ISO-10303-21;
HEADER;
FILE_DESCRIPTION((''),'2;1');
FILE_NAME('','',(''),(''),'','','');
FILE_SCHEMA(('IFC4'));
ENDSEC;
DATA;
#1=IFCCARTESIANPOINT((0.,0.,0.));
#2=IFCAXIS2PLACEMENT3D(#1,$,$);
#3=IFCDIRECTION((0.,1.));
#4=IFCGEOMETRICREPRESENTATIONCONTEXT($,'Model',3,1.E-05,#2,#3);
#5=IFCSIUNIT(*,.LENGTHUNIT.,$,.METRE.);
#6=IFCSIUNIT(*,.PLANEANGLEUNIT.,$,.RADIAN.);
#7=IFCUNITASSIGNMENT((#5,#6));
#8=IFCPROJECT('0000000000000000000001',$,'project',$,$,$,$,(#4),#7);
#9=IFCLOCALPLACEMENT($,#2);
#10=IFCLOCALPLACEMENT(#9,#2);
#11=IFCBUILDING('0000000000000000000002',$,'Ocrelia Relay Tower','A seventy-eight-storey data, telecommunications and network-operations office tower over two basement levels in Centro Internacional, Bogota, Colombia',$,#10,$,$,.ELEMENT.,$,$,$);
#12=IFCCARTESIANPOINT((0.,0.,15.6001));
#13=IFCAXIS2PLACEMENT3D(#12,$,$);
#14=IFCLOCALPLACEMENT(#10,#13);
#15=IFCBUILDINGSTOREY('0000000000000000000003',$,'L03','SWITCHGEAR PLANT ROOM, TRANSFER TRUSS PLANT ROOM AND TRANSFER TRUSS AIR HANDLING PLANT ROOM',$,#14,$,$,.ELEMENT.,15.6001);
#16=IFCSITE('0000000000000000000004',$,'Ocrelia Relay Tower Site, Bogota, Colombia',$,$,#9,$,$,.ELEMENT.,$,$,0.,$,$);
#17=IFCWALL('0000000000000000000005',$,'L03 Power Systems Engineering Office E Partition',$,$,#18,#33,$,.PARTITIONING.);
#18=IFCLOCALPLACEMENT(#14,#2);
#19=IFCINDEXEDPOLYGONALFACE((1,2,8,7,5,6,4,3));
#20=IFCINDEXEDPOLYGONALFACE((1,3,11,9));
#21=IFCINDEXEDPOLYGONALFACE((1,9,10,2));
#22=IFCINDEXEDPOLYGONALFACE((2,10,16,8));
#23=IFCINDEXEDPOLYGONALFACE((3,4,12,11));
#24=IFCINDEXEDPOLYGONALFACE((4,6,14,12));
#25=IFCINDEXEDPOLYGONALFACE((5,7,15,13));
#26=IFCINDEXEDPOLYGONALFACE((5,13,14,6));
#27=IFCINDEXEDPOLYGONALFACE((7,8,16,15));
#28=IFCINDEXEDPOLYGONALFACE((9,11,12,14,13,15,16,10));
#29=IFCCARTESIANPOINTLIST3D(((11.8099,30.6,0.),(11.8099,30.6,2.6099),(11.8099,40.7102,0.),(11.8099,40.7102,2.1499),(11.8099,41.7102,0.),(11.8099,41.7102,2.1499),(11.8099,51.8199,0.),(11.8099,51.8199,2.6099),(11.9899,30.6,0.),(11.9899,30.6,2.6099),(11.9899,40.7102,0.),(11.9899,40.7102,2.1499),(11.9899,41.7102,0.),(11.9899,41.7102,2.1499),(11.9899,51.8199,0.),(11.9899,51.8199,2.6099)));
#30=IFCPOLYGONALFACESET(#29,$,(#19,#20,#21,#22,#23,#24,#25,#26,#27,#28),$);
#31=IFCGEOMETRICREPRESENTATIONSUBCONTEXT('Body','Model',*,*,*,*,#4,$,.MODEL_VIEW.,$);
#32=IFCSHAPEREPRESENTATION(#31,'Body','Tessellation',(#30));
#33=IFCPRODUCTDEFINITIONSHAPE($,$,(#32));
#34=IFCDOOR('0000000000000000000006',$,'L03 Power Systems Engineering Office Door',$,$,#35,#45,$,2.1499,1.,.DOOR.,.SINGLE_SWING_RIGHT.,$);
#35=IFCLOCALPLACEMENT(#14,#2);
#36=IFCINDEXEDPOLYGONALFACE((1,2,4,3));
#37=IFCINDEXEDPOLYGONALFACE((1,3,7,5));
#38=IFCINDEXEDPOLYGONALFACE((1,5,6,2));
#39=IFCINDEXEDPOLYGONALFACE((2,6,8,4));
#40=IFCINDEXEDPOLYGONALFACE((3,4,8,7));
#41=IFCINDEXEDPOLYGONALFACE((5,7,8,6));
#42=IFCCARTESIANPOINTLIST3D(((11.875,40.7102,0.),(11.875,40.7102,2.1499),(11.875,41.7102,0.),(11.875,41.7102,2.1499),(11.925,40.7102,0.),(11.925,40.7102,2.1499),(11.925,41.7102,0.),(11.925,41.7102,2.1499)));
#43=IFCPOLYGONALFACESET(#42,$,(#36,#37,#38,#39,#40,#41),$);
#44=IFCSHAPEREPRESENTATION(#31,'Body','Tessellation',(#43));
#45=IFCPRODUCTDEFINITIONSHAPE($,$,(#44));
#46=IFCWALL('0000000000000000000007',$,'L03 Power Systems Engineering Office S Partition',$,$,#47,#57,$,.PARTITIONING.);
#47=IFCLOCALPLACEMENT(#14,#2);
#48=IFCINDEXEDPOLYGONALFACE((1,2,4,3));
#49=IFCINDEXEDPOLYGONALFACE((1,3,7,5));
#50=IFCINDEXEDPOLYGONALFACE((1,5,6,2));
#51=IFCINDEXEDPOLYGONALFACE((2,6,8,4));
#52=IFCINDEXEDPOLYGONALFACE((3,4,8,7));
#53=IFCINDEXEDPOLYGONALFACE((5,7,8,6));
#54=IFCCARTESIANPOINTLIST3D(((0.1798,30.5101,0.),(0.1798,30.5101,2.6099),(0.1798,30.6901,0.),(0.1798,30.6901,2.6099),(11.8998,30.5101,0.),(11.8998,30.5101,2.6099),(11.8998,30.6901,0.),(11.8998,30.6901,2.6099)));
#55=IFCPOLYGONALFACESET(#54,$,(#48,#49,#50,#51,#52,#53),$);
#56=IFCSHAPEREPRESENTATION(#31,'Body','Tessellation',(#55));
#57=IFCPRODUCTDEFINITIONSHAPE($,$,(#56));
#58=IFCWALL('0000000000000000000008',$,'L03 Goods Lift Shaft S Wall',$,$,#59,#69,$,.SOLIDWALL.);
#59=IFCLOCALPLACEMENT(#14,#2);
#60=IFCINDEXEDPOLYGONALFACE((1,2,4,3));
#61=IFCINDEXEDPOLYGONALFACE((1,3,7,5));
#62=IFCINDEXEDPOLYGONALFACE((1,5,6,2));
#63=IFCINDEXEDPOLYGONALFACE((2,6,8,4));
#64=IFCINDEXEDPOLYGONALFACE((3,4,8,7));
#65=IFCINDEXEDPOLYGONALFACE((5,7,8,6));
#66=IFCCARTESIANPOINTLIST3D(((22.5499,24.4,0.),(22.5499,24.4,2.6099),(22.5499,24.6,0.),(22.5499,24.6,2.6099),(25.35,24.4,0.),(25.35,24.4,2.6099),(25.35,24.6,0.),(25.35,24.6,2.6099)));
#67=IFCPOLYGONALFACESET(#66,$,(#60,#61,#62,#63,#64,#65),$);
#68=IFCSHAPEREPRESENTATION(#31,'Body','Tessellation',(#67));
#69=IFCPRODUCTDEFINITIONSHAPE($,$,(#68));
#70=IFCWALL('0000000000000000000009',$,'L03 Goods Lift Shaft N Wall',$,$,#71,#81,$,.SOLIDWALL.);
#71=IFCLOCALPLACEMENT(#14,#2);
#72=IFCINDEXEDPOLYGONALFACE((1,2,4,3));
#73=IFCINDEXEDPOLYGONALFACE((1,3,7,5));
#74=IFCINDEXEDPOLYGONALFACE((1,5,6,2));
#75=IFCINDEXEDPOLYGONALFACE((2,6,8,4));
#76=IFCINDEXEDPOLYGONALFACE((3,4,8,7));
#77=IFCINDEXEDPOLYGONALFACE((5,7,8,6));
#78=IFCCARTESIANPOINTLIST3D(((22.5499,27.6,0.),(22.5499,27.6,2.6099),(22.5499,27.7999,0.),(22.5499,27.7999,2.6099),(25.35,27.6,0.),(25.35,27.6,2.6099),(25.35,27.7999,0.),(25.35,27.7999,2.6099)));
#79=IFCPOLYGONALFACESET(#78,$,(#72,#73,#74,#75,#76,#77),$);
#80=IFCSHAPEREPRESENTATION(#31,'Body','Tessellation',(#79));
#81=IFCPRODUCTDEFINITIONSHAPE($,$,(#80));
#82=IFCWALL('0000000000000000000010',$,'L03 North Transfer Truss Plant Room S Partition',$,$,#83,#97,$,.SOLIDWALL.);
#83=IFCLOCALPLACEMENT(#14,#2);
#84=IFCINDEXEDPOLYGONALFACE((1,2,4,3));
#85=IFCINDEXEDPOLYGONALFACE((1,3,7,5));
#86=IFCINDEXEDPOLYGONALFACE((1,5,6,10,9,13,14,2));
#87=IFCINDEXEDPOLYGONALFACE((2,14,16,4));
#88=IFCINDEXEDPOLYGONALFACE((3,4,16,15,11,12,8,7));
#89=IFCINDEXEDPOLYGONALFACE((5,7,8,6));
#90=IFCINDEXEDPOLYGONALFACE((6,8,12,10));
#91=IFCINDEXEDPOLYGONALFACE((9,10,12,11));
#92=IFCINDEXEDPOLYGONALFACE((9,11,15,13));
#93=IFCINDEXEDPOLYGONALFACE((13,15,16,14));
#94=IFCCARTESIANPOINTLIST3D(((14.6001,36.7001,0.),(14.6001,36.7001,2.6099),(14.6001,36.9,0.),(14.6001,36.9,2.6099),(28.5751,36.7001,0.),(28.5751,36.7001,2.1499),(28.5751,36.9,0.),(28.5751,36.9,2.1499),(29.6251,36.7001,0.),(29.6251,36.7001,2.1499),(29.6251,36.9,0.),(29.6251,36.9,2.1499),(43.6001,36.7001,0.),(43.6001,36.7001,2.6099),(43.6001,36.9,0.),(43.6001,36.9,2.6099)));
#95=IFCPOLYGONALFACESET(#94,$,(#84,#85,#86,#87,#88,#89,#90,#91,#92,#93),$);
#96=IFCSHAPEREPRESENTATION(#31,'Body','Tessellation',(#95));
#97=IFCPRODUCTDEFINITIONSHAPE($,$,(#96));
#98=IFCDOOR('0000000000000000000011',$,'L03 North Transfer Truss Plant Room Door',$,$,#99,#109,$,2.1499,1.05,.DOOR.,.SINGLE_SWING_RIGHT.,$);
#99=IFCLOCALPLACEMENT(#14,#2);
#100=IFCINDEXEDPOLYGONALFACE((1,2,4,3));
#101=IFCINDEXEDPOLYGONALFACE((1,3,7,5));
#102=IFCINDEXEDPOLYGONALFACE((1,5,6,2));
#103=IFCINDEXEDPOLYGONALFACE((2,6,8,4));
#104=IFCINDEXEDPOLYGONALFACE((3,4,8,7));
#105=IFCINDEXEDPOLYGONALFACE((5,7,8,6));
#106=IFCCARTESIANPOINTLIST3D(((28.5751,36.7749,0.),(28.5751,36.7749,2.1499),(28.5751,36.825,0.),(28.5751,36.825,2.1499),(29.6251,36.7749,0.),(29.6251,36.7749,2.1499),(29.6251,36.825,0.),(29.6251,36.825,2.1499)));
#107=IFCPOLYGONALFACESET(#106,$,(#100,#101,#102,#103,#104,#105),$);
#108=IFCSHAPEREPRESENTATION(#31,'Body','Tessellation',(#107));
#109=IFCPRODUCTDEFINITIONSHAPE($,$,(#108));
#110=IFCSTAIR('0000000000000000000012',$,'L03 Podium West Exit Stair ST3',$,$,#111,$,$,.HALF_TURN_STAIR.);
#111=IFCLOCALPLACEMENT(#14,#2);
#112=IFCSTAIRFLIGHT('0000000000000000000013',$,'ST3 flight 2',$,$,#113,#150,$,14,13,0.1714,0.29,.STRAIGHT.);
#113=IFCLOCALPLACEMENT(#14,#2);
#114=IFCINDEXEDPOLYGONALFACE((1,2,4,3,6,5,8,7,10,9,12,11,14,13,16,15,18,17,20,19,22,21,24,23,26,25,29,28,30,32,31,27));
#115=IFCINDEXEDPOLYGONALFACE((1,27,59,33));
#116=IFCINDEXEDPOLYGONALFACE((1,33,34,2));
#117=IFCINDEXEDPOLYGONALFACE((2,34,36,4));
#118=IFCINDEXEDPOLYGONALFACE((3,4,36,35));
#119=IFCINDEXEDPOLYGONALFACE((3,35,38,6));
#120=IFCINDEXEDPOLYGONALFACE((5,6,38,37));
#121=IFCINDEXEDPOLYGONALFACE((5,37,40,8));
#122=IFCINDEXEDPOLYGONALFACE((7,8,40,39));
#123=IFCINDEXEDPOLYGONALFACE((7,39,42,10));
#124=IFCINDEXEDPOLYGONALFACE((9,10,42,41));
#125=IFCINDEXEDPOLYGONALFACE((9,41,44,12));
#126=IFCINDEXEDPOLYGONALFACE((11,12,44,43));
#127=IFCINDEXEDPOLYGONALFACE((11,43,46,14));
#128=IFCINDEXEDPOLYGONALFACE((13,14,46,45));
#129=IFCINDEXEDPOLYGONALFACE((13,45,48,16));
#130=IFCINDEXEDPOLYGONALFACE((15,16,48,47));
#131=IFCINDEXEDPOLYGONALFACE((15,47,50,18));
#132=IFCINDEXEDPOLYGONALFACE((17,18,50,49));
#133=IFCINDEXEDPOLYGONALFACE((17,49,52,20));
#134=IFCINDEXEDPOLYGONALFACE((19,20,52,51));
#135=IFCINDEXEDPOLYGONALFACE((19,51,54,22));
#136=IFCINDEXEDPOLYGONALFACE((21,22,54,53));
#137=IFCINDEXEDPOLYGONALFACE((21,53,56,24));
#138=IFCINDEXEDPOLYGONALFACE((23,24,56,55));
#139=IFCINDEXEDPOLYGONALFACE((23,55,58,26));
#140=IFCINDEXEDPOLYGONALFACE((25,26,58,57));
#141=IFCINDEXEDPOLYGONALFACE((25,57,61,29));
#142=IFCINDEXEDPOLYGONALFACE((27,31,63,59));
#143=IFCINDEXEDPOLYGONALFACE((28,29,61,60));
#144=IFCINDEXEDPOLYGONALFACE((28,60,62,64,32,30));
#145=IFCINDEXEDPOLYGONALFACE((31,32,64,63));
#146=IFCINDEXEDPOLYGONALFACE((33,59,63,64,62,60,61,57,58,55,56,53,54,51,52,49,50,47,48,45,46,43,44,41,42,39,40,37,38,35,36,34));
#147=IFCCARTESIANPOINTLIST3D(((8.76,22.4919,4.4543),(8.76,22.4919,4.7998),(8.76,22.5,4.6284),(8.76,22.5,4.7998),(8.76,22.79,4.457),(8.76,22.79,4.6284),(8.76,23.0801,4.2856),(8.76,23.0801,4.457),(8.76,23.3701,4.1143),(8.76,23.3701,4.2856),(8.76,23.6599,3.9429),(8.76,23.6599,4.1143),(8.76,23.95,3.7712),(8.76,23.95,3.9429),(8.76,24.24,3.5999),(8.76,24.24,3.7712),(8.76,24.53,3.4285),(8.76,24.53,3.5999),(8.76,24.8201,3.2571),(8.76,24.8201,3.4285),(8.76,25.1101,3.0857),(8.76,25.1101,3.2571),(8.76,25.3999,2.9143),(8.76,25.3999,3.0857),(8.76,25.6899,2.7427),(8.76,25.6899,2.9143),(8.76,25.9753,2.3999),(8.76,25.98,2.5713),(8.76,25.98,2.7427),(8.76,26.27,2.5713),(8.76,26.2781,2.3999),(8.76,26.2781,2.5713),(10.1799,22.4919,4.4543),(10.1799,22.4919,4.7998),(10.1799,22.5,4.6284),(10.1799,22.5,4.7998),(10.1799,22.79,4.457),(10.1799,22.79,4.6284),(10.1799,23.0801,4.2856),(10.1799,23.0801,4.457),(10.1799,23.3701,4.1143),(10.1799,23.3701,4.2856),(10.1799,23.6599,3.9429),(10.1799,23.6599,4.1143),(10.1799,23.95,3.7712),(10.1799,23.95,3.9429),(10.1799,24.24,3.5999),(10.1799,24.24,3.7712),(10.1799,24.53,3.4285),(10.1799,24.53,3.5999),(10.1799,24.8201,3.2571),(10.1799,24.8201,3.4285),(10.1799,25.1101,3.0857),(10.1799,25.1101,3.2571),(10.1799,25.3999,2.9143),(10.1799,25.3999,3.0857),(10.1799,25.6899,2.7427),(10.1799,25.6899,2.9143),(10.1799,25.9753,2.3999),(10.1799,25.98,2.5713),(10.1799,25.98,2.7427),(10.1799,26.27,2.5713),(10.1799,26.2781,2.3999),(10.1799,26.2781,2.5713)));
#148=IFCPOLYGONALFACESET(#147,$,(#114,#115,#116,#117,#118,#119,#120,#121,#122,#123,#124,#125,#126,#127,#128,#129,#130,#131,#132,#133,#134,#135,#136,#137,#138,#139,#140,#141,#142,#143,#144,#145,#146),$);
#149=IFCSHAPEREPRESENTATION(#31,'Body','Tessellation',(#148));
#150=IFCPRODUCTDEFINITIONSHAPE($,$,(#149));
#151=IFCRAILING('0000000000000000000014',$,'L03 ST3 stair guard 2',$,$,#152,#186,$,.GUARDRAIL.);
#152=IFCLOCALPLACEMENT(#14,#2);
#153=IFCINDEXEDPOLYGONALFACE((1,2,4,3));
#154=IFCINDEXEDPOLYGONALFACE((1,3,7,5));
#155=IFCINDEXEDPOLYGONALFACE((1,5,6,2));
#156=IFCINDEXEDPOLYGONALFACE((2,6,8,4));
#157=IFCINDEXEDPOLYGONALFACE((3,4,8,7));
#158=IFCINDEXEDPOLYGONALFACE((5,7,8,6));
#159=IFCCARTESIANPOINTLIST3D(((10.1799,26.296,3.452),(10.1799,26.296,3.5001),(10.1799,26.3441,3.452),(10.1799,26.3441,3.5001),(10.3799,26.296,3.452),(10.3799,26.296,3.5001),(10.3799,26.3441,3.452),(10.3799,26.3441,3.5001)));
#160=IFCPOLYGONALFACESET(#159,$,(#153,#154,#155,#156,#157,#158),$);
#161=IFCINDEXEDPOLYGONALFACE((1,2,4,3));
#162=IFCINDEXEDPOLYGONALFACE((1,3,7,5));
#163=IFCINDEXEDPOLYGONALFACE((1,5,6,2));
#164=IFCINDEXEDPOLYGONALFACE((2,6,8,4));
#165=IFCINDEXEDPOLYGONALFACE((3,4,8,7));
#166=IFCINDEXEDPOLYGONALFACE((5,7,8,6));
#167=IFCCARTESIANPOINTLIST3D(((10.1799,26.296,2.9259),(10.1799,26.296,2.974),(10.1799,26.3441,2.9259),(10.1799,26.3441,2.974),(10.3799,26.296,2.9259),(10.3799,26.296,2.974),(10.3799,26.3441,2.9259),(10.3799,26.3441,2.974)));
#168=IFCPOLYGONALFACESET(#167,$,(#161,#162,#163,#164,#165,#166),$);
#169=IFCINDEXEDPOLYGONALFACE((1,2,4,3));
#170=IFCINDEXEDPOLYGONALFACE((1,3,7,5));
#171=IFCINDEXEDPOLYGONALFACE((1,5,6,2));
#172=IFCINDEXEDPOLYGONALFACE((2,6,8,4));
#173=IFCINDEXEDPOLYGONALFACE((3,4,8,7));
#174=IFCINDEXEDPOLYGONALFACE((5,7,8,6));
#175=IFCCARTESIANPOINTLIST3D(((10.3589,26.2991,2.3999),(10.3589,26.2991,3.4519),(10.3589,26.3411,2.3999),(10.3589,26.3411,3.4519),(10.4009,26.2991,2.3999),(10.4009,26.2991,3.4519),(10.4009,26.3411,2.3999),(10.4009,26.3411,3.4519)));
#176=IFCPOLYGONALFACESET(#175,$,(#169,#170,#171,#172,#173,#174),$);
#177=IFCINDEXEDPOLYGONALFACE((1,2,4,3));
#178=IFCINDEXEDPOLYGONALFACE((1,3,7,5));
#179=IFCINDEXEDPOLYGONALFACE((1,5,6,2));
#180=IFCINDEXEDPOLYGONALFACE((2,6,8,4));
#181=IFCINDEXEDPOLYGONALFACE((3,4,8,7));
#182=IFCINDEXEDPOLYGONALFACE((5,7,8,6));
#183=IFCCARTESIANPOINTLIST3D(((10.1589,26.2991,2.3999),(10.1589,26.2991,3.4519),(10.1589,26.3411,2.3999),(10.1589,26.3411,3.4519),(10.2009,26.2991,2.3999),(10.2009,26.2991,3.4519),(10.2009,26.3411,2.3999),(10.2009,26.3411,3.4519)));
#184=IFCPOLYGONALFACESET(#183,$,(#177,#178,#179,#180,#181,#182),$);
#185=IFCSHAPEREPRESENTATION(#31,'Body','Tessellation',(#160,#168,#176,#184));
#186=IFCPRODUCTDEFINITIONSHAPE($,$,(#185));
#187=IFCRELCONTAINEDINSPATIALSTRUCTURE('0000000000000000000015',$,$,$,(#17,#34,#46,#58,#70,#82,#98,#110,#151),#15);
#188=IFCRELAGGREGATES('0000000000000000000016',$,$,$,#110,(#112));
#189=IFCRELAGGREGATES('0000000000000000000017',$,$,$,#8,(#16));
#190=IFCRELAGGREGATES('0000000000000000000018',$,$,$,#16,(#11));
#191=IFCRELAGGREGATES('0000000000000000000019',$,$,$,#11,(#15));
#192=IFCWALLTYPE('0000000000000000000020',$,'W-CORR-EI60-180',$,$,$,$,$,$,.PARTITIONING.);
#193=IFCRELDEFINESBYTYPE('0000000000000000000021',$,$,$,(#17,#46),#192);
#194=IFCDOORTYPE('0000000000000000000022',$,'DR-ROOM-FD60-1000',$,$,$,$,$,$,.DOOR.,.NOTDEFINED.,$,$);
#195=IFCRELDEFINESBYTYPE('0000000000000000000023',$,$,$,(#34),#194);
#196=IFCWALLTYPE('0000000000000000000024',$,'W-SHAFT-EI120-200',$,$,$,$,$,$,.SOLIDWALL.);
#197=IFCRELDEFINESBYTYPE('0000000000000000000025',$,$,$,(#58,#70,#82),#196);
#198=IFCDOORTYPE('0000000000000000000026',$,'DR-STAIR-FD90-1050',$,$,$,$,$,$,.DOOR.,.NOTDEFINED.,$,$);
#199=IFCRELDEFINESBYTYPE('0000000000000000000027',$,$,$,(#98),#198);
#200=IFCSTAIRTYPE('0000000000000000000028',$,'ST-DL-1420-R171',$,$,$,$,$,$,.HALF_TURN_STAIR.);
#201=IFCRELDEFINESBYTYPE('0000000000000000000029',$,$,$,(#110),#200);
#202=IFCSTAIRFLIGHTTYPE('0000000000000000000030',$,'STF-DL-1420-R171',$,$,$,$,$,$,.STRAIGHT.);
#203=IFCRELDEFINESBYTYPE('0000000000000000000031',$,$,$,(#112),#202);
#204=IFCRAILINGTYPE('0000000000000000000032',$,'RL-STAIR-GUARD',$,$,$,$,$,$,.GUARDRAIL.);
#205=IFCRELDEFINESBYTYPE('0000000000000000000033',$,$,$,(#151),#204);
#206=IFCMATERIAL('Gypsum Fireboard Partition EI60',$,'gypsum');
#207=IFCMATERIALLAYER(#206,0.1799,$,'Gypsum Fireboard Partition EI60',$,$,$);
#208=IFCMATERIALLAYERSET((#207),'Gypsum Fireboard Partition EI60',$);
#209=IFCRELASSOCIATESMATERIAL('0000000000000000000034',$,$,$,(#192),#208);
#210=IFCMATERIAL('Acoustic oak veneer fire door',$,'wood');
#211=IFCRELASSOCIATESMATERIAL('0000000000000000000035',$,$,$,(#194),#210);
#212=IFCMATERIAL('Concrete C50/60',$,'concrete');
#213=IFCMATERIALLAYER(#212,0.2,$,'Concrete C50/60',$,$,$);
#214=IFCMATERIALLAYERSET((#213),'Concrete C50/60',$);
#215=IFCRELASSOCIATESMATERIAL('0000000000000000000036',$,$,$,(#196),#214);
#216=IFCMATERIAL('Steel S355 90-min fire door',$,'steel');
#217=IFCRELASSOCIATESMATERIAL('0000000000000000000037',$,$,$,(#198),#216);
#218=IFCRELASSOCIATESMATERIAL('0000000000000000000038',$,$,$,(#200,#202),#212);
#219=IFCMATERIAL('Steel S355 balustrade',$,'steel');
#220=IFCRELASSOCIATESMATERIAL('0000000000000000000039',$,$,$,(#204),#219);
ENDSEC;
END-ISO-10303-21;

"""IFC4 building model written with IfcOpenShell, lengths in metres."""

from ifc_helpers import new_model, si_unit, direction, frame, frame_2d, origin, origin_2d, place, context, subcontext, project, spatial, polyline, rectangle, outline, extrude, material, layer, layer_set, type_object, element, fill, aggregate, save


model = new_model("IFC4")

# Units and contexts
model_context = context("Model", 3, precision=1e-05, world=origin(), true_north=direction((0.0, 1.0)))
body_context = subcontext(model_context, "Body", "Model", "MODEL_VIEW")
ifc_project = project(units=[si_unit("LENGTHUNIT", "METRE"), si_unit("PLANEANGLEUNIT", "RADIAN")], contexts=[model_context])

# Site, building, storey
site_placement = place(None, origin())
site = spatial("IfcSite", under=ifc_project, at=site_placement, Name="Ocrelia Relay Tower Site, Bogota, Colombia", CompositionType="ELEMENT", RefElevation=0.0)
building_placement = place(site_placement, origin())
building = spatial("IfcBuilding", under=site, at=building_placement, Name="Ocrelia Relay Tower", Description="A seventy-eight-storey data, telecommunications and network-operations office tower over two basement levels in Centro Internacional, Bogota, Colombia", CompositionType="ELEMENT")
storey_placement = place(building_placement, frame((0.0, 0.0, 15.6001)))
storey = spatial("IfcBuildingStorey", under=building, at=storey_placement, Name="L03", Description="SWITCHGEAR PLANT ROOM, TRANSFER TRUSS PLANT ROOM AND TRANSFER TRUSS AIR HANDLING PLANT ROOM", CompositionType="ELEMENT", Elevation=15.6001)

# Shared definitions
ifc_material_1 = material(Name="Concrete C50/60", Category="concrete")

# Wall, opening, door
ifc_material_2 = material(Name="Gypsum Fireboard Partition EI60", Category="gypsum")
ifc_layer_1 = layer(ifc_material_2, 0.1799, Name="Gypsum Fireboard Partition EI60")
ifc_layer_set_1 = layer_set([ifc_layer_1], Name="Gypsum Fireboard Partition EI60")
wall_type_1 = type_object("IfcWallType", Name="W-CORR-EI60-180", PredefinedType="PARTITIONING", material=ifc_layer_set_1)
wall_1_placement = place(storey_placement, frame((11.8999, 30.6001, 0.0), z_axis=(0.0, 0.0, 1.0), x_axis=(0.0, 1.0, 0.0)))
wall_1 = element("IfcWall", 1, at=wall_1_placement, inside=storey, type_object=wall_type_1, Name="L03 Power Systems Engineering Office E Partition", PredefinedType="PARTITIONING", context=body_context, shape_type="SweptSolid", body=[
    extrude(rectangle(XDim=21.22, YDim=0.1799, at=frame_2d((10.6099, 0.0))), origin(), (0.0, 0.0, 1.0), 2.6099),
])
opening_1_placement = place(wall_1_placement, frame((10.1101, 0.0, 0.0)))
opening_1 = element("IfcOpeningElement", 2, at=opening_1_placement, cuts=wall_1, PredefinedType="OPENING", context=body_context, shape_type="SweptSolid", body=[
    extrude(rectangle(XDim=1.0, YDim=2.1499, at=frame_2d((0.5, 1.075))), frame((0.0, 0.1001, 0.0), z_axis=(0.0, -1.0, 0.0), x_axis=(1.0, 0.0, 0.0)), (0.0, 0.0, 1.0), 0.2),
])
ifc_material_3 = material(Name="Acoustic oak veneer fire door", Category="wood")
door_type_1 = type_object("IfcDoorType", Name="DR-ROOM-FD60-1000", OperationType="NOTDEFINED", PredefinedType="DOOR", material=ifc_material_3)
door_1_placement = place(opening_1_placement, origin())
door_1 = element("IfcDoor", 3, at=door_1_placement, inside=storey, type_object=door_type_1, Name="L03 Power Systems Engineering Office Door", OperationType="SINGLE_SWING_RIGHT", OverallHeight=2.1499, OverallWidth=1.0, PredefinedType="DOOR", context=body_context, shape_type="SweptSolid", body=[
    extrude(rectangle(XDim=1.0, YDim=2.1499, at=frame_2d((0.5, 1.075))), frame((0.0, 0.0249, 0.0), z_axis=(0.0, -1.0, 0.0), x_axis=(1.0, 0.0, 0.0)), (0.0, 0.0, 1.0), 0.05),
])
fill(opening_1, door_1)

# Wall
wall_2_placement = place(storey_placement, frame((0.1799, 30.6001, 0.0), z_axis=(0.0, 0.0, 1.0), x_axis=(1.0, 0.0, 0.0)))
element("IfcWall", 4, at=wall_2_placement, inside=storey, type_object=wall_type_1, Name="L03 Power Systems Engineering Office S Partition", PredefinedType="PARTITIONING", context=body_context, shape_type="SweptSolid", body=[
    extrude(rectangle(XDim=11.72, YDim=0.1799, at=frame_2d((5.8599, 0.0))), origin(), (0.0, 0.0, 1.0), 2.6099),
])

# Shared definitions
ifc_layer_2 = layer(ifc_material_1, 0.2, Name="Concrete C50/60")
ifc_layer_set_2 = layer_set([ifc_layer_2], Name="Concrete C50/60")
wall_type_2 = type_object("IfcWallType", Name="W-SHAFT-EI120-200", PredefinedType="SOLIDWALL", material=ifc_layer_set_2)

# Walls
for number, where, z_axis, x_axis, name in (
    (5, (22.55, 24.5, 0.0), (0.0, 0.0, 1.0), (1.0, 0.0, 0.0), "L03 Goods Lift Shaft S Wall"),
    (6, (22.55, 27.7, 0.0), (0.0, 0.0, 1.0), (1.0, 0.0, 0.0), "L03 Goods Lift Shaft N Wall"),
):
    element("IfcWall", number, at=place(storey_placement, frame(where, z_axis=z_axis, x_axis=x_axis)), inside=storey, type_object=wall_type_2, Name=name, PredefinedType="SOLIDWALL", context=body_context, shape_type="SweptSolid", body=[
        extrude(rectangle(XDim=2.8, YDim=0.2, at=frame_2d((1.3999, 0.0))), origin(), (0.0, 0.0, 1.0), 2.6099),
    ])

# Wall, opening, door
wall_3_placement = place(storey_placement, frame((14.6001, 36.8, 0.0), z_axis=(0.0, 0.0, 1.0), x_axis=(1.0, 0.0, 0.0)))
wall_3 = element("IfcWall", 7, at=wall_3_placement, inside=storey, type_object=wall_type_2, Name="L03 North Transfer Truss Plant Room S Partition", PredefinedType="SOLIDWALL", context=body_context, shape_type="SweptSolid", body=[
    extrude(rectangle(XDim=29.0, YDim=0.2, at=frame_2d((14.5, 0.0))), origin(), (0.0, 0.0, 1.0), 2.6099),
])
opening_2_placement = place(wall_3_placement, frame((13.9751, 0.0, 0.0)))
opening_2 = element("IfcOpeningElement", 8, at=opening_2_placement, cuts=wall_3, PredefinedType="OPENING", context=body_context, shape_type="SweptSolid", body=[
    extrude(rectangle(XDim=1.05, YDim=2.1499, at=frame_2d((0.5249, 1.075))), frame((0.0, 0.1099, 0.0), z_axis=(0.0, -1.0, 0.0), x_axis=(1.0, 0.0, 0.0)), (0.0, 0.0, 1.0), 0.22),
])
ifc_material_4 = material(Name="Steel S355 90-min fire door", Category="steel")
door_type_2 = type_object("IfcDoorType", Name="DR-STAIR-FD90-1050", OperationType="NOTDEFINED", PredefinedType="DOOR", material=ifc_material_4)
door_2_placement = place(opening_2_placement, origin())
door_2 = element("IfcDoor", 9, at=door_2_placement, inside=storey, type_object=door_type_2, Name="L03 North Transfer Truss Plant Room Door", OperationType="SINGLE_SWING_RIGHT", OverallHeight=2.1499, OverallWidth=1.05, PredefinedType="DOOR", context=body_context, shape_type="SweptSolid", body=[
    extrude(rectangle(XDim=1.05, YDim=2.1499, at=frame_2d((0.5249, 1.075))), frame((0.0, 0.0249, 0.0), z_axis=(0.0, -1.0, 0.0), x_axis=(1.0, 0.0, 0.0)), (0.0, 0.0, 1.0), 0.05),
])
fill(opening_2, door_2)

# Stair, stair flight
stair_type = type_object("IfcStairType", Name="ST-DL-1420-R171", PredefinedType="HALF_TURN_STAIR", material=ifc_material_1)
stair_placement = place(storey_placement, origin())
stair = element("IfcStair", 10, at=stair_placement, inside=storey, type_object=stair_type, Name="L03 Podium West Exit Stair ST3", PredefinedType="HALF_TURN_STAIR")
stair_flight_type = type_object("IfcStairFlightType", Name="STF-DL-1420-R171", PredefinedType="STRAIGHT", material=ifc_material_1)
stair_flight_placement = place(storey_placement, frame((9.47, 26.27, 2.3999), z_axis=(0.0, 0.0, 1.0), x_axis=(0.0, -1.0, 0.0)))
stair_flight = element("IfcStairFlight", 11, at=stair_flight_placement, type_object=stair_flight_type, Name="ST3 flight 2", NumberOfRisers=14, NumberOfTreads=13, PredefinedType="STRAIGHT", RiserHeight=0.1714, TreadLength=0.29, context=body_context, shape_type="SweptSolid", body=[
    extrude(outline(polyline([(-0.0081, 0.0), (-0.0081, 0.1714), (0.0, 0.1714), (0.29, 0.1714), (0.29, 0.3428), (0.5801, 0.3428), (0.5801, 0.5144), (0.8701, 0.5144), (0.8701, 0.6858), (1.1599, 0.6858), (1.1599, 0.8572), (1.45, 0.8572), (1.45, 1.0286), (1.74, 1.0286), (1.74, 1.2), (2.03, 1.2), (2.03, 1.3713), (2.3201, 1.3713), (2.3201, 1.543), (2.6101, 1.543), (2.6101, 1.7144), (2.8999, 1.7144), (2.8999, 1.8857), (3.1899, 1.8857), (3.1899, 2.0571), (3.48, 2.0571), (3.48, 2.2285), (3.77, 2.2285), (3.77, 2.3999), (3.7781, 2.3999), (3.7781, 2.0544), (0.2947, 0.0), (-0.0081, 0.0)])), frame((0.0, 0.71, 0.0), z_axis=(0.0, -1.0, 0.0), x_axis=(1.0, 0.0, 0.0)), (0.0, 0.0, 1.0), 1.4199),
])
aggregate(stair, [stair_flight])

# Railing
ifc_material_5 = material(Name="Steel S355 balustrade", Category="steel")
railing_type_1 = type_object("IfcRailingType", Name="RL-STAIR-GUARD", PredefinedType="GUARDRAIL", material=ifc_material_5)
railing_1_placement = place(storey_placement, frame((10.3799, 26.3201, 2.3999)))
element("IfcRailing", 12, at=railing_1_placement, inside=storey, type_object=railing_type_1, Name="L03 ST3 stair guard 2", PredefinedType="GUARDRAIL", context=body_context, shape_type="SweptSolid", body=[
    extrude(rectangle(XDim=0.0481, YDim=0.0481, at=origin_2d()), frame((0.0, 0.0, 1.0762), z_axis=(-1.0, 0.0, 0.0), x_axis=(0.0, -1.0, 0.0)), (0.0, 0.0, 1.0), 0.2),
    extrude(rectangle(XDim=0.0481, YDim=0.0481, at=origin_2d()), frame((0.0, 0.0, 0.55), z_axis=(-1.0, 0.0, 0.0), x_axis=(0.0, -1.0, 0.0)), (0.0, 0.0, 1.0), 0.2),
    extrude(rectangle(XDim=0.042, YDim=0.042, at=origin_2d()), origin(), (0.0, 0.0, 1.0), 1.052),
    extrude(rectangle(XDim=0.042, YDim=0.042, at=origin_2d()), frame((-0.2, 0.0, 0.0)), (0.0, 0.0, 1.0), 1.052),
])

save(model, "model.ifc")
